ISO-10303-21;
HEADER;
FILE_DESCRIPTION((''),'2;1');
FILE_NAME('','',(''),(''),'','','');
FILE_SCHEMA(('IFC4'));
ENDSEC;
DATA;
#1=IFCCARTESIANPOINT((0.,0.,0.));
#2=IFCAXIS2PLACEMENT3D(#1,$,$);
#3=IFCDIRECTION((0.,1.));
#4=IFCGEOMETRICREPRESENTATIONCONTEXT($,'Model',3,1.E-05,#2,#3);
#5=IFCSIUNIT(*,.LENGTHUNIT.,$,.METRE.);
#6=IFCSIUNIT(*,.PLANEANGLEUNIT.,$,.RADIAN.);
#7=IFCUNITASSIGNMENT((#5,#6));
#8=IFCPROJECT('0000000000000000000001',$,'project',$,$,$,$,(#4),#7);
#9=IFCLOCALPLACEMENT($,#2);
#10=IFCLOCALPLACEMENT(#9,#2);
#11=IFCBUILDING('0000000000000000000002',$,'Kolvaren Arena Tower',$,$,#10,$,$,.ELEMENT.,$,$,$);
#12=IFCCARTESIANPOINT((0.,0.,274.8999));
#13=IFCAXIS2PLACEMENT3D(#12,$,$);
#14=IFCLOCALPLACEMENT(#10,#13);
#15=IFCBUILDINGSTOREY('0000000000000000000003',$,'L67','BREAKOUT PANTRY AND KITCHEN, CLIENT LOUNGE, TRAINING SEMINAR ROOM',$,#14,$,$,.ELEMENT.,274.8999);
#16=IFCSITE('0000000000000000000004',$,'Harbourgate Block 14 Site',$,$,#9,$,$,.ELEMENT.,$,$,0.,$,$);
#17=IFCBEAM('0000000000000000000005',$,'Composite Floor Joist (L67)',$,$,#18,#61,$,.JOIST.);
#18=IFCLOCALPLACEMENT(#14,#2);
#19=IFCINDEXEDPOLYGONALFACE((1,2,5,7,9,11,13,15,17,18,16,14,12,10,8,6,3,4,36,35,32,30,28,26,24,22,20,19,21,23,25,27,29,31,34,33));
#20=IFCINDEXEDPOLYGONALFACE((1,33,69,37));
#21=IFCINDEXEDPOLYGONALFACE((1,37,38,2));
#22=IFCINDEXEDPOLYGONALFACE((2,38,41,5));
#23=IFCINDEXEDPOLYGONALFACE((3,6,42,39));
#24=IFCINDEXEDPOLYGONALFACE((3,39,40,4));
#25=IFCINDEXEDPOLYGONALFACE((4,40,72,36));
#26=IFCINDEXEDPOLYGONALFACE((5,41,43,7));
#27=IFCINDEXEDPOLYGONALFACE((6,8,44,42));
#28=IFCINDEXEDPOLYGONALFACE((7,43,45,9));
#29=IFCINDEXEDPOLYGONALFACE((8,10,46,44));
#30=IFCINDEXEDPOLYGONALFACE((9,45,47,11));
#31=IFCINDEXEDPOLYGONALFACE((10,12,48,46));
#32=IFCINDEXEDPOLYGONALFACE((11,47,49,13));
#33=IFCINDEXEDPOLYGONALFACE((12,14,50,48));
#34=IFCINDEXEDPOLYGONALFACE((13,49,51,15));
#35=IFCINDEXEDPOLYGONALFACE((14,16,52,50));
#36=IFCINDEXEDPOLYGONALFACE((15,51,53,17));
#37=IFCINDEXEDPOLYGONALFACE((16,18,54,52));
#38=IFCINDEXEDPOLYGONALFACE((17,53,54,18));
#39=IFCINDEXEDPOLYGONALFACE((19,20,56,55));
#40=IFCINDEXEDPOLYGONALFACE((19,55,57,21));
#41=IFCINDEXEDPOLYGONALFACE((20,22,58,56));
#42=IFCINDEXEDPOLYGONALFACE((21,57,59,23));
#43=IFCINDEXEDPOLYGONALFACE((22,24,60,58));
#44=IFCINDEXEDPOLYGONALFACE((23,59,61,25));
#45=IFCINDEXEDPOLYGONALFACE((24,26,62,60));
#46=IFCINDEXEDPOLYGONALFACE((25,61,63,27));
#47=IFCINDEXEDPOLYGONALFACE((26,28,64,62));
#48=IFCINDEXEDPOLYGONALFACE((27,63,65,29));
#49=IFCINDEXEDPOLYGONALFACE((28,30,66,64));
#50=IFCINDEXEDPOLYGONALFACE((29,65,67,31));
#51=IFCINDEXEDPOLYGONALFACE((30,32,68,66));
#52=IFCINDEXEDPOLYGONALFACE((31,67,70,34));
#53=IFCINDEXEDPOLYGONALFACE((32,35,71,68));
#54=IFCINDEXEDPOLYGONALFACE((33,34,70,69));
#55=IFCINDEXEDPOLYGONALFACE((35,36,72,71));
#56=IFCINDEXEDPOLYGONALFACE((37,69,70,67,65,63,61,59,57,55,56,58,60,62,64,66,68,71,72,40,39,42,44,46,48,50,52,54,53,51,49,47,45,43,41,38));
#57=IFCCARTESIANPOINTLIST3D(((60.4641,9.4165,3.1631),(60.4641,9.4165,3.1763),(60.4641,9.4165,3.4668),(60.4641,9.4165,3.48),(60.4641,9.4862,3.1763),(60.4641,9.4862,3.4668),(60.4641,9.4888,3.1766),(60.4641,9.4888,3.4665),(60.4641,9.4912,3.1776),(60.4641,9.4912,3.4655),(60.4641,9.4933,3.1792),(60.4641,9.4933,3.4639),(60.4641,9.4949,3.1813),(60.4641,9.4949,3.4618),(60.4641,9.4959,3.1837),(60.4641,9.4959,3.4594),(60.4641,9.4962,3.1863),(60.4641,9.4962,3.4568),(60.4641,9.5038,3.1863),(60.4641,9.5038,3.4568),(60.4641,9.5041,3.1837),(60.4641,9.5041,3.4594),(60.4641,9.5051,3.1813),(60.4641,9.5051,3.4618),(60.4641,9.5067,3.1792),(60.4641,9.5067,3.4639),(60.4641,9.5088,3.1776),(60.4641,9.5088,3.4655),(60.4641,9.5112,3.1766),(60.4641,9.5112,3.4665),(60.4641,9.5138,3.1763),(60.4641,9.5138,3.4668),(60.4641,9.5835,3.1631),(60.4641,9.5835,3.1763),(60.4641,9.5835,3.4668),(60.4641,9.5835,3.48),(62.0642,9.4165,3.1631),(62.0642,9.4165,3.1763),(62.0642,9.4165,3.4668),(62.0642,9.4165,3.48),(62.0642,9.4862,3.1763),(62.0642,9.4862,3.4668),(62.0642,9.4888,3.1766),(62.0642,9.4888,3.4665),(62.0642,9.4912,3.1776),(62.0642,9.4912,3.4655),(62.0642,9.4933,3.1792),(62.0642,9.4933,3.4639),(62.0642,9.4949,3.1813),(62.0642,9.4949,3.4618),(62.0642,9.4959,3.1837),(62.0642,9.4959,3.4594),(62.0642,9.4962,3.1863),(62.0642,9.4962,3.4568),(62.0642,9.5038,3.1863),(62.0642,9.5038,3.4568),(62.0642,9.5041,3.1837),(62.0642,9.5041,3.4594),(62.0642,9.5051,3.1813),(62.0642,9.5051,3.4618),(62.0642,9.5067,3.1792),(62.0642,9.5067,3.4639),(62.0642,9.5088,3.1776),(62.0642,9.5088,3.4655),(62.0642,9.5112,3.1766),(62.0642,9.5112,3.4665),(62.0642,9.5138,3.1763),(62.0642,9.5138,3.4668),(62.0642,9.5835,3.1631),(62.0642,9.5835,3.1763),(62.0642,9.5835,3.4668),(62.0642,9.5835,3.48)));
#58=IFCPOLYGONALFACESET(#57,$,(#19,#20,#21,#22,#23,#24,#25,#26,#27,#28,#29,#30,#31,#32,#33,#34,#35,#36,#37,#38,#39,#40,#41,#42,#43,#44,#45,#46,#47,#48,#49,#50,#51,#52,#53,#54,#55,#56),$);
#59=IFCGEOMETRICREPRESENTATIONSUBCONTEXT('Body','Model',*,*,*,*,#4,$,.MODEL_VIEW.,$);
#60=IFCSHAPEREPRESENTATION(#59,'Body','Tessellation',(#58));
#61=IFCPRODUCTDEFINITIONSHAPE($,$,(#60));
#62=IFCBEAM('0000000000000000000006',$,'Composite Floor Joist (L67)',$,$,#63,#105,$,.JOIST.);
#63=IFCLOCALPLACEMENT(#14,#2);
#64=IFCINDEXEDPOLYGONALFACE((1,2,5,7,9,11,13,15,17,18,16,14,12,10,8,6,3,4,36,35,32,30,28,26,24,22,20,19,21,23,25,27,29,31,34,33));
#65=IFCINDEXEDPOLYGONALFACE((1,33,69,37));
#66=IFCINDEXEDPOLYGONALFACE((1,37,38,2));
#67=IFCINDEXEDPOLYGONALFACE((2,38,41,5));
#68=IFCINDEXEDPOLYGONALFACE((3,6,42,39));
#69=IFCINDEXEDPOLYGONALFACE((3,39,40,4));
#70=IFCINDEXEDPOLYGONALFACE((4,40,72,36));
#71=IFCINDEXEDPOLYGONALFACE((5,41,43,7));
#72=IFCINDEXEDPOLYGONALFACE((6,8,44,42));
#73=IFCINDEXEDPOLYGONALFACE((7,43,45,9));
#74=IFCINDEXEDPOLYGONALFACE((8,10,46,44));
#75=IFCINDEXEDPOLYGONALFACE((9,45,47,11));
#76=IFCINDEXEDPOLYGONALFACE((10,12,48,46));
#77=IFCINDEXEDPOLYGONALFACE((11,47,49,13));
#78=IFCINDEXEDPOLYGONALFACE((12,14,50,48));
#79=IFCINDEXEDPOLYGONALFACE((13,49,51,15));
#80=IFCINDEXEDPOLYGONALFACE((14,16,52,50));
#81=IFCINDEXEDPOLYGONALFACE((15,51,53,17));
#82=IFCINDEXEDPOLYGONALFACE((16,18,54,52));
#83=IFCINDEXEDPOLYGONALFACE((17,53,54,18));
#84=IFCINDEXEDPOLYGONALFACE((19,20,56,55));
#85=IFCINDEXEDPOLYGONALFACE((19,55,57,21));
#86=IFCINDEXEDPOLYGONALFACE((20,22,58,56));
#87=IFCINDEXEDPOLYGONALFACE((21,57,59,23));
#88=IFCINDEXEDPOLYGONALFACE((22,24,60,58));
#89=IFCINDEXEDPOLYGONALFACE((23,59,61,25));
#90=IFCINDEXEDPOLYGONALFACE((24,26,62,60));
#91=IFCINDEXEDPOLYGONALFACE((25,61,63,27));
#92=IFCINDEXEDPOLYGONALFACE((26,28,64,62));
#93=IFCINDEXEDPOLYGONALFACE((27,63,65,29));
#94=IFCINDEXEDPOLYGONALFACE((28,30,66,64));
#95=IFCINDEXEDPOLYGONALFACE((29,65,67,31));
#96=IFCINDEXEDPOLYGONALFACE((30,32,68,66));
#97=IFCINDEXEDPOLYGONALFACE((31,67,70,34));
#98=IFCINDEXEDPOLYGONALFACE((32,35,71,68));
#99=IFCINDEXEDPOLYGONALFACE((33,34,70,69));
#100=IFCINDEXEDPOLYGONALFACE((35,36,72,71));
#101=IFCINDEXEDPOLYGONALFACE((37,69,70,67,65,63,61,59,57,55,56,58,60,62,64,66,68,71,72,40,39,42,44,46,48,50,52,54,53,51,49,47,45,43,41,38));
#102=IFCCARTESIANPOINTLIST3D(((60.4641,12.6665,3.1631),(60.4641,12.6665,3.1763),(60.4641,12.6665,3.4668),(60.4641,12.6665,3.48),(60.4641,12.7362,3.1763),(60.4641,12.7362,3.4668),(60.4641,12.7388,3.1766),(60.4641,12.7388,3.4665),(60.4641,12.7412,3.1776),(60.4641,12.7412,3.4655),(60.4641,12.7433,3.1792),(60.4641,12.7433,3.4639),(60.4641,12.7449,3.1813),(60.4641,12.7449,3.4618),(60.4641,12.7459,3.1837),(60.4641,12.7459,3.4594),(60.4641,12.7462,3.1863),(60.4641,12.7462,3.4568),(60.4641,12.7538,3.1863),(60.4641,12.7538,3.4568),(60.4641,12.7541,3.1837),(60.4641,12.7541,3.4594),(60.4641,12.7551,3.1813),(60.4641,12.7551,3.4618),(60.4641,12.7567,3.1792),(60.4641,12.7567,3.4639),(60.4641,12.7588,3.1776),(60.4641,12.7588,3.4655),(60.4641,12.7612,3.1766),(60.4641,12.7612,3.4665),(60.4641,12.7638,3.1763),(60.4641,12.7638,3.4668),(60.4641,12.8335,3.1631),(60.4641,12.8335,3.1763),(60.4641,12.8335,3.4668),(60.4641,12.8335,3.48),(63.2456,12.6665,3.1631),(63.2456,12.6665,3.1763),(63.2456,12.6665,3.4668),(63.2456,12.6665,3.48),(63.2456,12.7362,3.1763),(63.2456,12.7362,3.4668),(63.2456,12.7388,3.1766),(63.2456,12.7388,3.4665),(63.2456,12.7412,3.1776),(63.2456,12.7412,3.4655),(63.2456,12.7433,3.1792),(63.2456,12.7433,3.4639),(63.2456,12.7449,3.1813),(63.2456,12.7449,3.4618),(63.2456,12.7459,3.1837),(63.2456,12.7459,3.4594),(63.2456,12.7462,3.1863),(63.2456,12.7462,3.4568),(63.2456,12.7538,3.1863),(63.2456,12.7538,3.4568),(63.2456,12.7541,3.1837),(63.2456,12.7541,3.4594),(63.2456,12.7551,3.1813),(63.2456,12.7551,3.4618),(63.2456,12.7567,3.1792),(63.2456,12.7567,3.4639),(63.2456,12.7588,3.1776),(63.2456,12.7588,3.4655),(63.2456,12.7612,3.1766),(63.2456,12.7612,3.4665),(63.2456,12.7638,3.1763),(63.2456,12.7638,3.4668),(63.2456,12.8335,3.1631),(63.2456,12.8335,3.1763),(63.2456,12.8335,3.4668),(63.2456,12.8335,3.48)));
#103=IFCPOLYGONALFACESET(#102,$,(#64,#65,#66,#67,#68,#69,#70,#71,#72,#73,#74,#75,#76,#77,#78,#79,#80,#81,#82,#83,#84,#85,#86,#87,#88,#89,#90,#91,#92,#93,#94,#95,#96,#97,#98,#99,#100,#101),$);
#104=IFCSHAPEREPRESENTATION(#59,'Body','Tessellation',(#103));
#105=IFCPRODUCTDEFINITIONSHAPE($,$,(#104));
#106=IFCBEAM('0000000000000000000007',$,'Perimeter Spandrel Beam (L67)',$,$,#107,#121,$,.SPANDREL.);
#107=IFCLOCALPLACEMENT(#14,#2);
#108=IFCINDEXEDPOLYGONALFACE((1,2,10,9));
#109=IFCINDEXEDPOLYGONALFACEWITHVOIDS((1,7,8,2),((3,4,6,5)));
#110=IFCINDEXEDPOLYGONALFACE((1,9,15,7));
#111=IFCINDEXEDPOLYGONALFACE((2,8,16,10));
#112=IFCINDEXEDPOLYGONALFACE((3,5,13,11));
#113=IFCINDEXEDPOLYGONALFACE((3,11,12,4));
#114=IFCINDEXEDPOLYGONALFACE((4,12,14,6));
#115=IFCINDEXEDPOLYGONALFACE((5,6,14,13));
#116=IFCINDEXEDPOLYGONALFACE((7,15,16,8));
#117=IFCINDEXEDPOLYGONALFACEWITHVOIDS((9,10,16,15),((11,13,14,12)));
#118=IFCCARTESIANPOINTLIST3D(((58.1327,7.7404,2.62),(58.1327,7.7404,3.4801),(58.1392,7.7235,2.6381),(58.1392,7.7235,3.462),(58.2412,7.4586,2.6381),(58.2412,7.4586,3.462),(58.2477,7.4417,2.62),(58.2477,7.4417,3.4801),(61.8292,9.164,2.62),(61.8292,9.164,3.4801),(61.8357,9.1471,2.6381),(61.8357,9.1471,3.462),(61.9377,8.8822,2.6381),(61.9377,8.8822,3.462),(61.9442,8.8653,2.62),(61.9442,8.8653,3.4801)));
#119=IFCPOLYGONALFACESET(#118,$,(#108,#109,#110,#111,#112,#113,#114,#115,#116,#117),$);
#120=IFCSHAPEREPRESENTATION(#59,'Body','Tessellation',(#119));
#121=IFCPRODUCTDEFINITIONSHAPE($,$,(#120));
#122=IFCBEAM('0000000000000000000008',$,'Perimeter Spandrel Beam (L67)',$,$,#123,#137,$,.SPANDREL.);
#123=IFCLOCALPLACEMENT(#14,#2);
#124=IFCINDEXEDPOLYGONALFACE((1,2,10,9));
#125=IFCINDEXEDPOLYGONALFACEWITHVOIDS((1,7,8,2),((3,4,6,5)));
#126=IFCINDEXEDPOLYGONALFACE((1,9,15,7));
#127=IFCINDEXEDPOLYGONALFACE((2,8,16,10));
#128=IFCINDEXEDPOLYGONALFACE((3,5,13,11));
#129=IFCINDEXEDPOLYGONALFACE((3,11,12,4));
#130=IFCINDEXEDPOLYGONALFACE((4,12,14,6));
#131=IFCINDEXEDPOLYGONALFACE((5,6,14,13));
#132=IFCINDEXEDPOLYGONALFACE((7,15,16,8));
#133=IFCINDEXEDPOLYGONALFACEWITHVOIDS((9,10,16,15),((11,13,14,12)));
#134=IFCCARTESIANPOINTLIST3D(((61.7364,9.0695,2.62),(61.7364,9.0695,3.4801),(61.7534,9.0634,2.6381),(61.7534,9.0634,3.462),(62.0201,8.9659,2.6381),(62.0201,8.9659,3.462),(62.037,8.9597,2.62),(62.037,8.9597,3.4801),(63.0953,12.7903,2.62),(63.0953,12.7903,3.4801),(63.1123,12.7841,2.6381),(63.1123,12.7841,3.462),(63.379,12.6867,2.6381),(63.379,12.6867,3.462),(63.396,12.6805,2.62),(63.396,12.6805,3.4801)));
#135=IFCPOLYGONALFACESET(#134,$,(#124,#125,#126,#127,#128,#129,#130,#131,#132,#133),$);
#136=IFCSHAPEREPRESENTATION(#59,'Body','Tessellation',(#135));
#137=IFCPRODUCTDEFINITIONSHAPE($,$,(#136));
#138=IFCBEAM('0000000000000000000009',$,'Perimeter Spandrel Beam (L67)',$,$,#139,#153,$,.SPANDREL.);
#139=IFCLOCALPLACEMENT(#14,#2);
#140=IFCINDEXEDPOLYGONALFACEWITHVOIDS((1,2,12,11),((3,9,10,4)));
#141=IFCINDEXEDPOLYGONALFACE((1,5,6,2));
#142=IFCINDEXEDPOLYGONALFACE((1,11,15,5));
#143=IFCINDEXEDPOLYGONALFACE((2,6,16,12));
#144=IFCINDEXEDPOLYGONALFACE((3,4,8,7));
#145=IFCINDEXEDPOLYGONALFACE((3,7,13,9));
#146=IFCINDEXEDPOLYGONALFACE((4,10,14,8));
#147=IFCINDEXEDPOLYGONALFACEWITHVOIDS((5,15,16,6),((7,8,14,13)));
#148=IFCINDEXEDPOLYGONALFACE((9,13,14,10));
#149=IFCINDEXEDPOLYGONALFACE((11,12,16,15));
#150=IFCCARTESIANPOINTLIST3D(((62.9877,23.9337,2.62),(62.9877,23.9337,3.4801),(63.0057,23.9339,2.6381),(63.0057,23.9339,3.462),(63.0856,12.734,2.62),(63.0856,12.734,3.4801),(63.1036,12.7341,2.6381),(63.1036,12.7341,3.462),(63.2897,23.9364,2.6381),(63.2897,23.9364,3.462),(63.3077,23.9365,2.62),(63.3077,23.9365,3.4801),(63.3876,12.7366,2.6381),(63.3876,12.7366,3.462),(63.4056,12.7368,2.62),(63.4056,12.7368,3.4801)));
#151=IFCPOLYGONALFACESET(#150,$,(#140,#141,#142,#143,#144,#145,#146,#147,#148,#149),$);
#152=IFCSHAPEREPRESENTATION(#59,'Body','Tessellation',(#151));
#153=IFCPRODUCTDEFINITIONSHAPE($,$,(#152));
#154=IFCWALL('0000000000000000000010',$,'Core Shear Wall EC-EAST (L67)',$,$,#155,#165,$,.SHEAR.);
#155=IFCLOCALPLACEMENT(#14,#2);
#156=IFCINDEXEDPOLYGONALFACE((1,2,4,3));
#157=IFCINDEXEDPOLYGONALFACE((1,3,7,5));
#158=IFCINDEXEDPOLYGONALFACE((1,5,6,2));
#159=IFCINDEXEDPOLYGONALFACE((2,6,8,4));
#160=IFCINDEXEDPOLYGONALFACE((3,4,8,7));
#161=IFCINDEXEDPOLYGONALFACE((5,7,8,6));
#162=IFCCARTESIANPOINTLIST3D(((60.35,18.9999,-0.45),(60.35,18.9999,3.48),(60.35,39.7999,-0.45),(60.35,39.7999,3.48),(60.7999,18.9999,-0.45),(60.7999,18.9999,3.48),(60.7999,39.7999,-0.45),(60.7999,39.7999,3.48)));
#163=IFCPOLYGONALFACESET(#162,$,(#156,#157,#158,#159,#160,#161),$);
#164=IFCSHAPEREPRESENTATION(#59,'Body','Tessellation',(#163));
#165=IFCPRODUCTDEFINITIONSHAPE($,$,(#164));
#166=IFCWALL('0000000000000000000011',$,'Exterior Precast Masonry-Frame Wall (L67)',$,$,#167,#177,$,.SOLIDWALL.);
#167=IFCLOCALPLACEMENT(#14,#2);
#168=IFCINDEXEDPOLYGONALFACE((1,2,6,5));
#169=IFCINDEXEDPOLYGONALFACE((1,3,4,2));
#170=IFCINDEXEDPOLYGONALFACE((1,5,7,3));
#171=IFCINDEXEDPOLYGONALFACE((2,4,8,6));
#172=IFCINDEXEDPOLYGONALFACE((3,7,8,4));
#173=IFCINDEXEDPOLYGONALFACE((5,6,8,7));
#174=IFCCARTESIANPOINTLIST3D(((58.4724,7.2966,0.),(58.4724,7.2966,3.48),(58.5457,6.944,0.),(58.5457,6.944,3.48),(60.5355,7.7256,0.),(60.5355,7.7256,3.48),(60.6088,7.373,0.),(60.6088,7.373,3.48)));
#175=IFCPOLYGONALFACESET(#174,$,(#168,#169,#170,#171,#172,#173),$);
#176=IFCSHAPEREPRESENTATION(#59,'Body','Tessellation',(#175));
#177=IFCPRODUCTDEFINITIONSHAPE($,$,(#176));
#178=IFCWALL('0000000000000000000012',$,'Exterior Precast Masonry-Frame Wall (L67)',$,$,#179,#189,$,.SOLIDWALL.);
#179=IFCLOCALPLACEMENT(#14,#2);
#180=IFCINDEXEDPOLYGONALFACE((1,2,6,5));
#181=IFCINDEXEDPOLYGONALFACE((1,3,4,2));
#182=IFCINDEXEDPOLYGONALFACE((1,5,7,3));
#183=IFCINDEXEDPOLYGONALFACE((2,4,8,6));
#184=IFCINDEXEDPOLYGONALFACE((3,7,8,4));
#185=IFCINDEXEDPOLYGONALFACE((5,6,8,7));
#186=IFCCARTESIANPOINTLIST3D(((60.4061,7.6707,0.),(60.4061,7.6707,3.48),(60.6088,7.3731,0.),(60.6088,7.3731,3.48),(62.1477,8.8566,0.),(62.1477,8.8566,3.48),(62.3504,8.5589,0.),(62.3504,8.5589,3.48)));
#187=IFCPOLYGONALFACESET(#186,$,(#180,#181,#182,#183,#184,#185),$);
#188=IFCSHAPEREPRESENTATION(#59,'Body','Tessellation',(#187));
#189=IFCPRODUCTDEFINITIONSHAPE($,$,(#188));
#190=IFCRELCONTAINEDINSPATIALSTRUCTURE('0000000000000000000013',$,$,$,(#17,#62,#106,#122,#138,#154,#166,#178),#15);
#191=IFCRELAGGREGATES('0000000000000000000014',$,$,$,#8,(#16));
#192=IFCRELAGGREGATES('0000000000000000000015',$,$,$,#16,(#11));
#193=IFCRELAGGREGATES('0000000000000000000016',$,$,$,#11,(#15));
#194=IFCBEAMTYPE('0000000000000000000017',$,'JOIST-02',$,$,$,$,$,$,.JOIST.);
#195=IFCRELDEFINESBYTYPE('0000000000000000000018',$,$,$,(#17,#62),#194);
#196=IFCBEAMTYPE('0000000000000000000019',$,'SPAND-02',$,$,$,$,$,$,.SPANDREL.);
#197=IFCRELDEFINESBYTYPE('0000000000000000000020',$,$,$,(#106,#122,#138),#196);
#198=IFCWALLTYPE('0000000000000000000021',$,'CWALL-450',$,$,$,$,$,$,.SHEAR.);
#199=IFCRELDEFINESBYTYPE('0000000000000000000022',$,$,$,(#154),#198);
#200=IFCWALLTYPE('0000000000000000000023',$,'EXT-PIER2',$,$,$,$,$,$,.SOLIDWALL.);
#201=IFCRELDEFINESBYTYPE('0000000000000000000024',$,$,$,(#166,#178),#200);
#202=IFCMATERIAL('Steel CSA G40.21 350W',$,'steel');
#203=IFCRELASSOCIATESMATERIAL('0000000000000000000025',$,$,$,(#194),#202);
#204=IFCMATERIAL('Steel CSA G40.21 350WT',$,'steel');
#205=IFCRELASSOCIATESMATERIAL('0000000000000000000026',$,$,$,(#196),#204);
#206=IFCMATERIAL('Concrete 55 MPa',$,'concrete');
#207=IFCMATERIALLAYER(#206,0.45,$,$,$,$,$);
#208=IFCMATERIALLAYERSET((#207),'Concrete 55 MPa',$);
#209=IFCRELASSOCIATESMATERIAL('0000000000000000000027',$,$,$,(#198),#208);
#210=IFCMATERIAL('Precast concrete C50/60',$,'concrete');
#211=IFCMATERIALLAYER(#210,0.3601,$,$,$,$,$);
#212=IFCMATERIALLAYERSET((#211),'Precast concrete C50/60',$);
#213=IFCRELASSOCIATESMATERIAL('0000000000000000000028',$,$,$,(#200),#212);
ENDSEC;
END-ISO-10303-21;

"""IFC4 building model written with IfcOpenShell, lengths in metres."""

from ifc_helpers import new_model, si_unit, direction, frame, frame_2d, origin, origin_2d, place, context, subcontext, project, spatial, rectangle, hollow_rectangle, i_section, extrude, material, layer, layer_set, material_profile, profile_set, type_object, element, save


model = new_model("IFC4")

# Units and contexts
model_context = context("Model", 3, precision=1e-05, world=origin(), true_north=direction((0.0, 1.0)))
body_context = subcontext(model_context, "Body", "Model", "MODEL_VIEW")
ifc_project = project(units=[si_unit("LENGTHUNIT", "METRE"), si_unit("PLANEANGLEUNIT", "RADIAN")], contexts=[model_context])

# Site, building, storey
site_placement = place(None, origin())
site = spatial("IfcSite", under=ifc_project, at=site_placement, Name="Harbourgate Block 14 Site", CompositionType="ELEMENT", RefElevation=0.0)
building_placement = place(site_placement, origin())
building = spatial("IfcBuilding", under=site, at=building_placement, Name="Kolvaren Arena Tower", CompositionType="ELEMENT")
storey_placement = place(building_placement, frame((0.0, 0.0, 274.8999)))
storey = spatial("IfcBuildingStorey", under=building, at=storey_placement, Name="L67", Description="BREAKOUT PANTRY AND KITCHEN, CLIENT LOUNGE, TRAINING SEMINAR ROOM", CompositionType="ELEMENT", Elevation=274.8999)

# Shared definitions
ifc_material_1 = material(Name="Precast concrete C50/60", Category="concrete")

# Beams
ifc_material_2 = material(Name="Steel CSA G40.21 350W", Category="steel")
ifc_material_profile_1 = material_profile(ifc_material_2, i_section(OverallWidth=0.167, OverallDepth=0.3169, WebThickness=0.0076, FlangeThickness=0.0132, FilletRadius=0.01, at=origin_2d()), Name="W310x52")
ifc_profile_set_1 = profile_set([ifc_material_profile_1], Name="Steel CSA G40.21 350W")
beam_type_1 = type_object("IfcBeamType", Name="JOIST-02", PredefinedType="JOIST", material=ifc_profile_set_1)
beam_1_placement = place(storey_placement, frame((60.4641, 9.5, 3.3215), z_axis=(1.0, 0.0, 0.0), x_axis=(0.0, 1.0, 0.0)))
element("IfcBeam", 1, at=beam_1_placement, inside=storey, type_object=beam_type_1, Name="Composite Floor Joist (L67)", PredefinedType="JOIST", context=body_context, shape_type="SweptSolid", body=[
    extrude(i_section(OverallWidth=0.167, OverallDepth=0.3169, WebThickness=0.0076, FlangeThickness=0.0132, FilletRadius=0.01, at=origin_2d()), origin(), (0.0, 0.0, 1.0), 1.6001),
])
beam_2_placement = place(storey_placement, frame((60.4641, 12.75, 3.3215), z_axis=(1.0, 0.0, 0.0), x_axis=(0.0, 1.0, 0.0)))
element("IfcBeam", 2, at=beam_2_placement, inside=storey, type_object=beam_type_1, Name="Composite Floor Joist (L67)", PredefinedType="JOIST", context=body_context, shape_type="SweptSolid", body=[
    extrude(i_section(OverallWidth=0.167, OverallDepth=0.3169, WebThickness=0.0076, FlangeThickness=0.0132, FilletRadius=0.01, at=origin_2d()), origin(), (0.0, 0.0, 1.0), 2.7815),
])
ifc_material_3 = material(Name="Steel CSA G40.21 350WT", Category="steel")
ifc_material_profile_2 = material_profile(ifc_material_3, hollow_rectangle(XDim=0.3201, YDim=0.8601, WallThickness=0.0181, at=origin_2d()), Name="HSS 860x320x18")
ifc_profile_set_2 = profile_set([ifc_material_profile_2], Name="Steel CSA G40.21 350WT")
beam_type_2 = type_object("IfcBeamType", Name="SPAND-02", PredefinedType="SPANDREL", material=ifc_profile_set_2)
for number, where, z_axis, x_axis, name in (
    (3, (58.1902, 7.5911, 3.05), (0.93319, 0.359384, 0.0), (-0.359384, 0.93319, 0.0), "Perimeter Spandrel Beam (L67)"),
    (4, (61.8867, 9.0146, 3.05), (0.343059, 0.939314, 0.0), (-0.939314, 0.343059, 0.0), "Perimeter Spandrel Beam (L67)"),
):
    element("IfcBeam", number, at=place(storey_placement, frame(where, z_axis=z_axis, x_axis=x_axis)), inside=storey, type_object=beam_type_2, Name=name, PredefinedType="SPANDREL", context=body_context, shape_type="SweptSolid", body=[
        extrude(hollow_rectangle(XDim=0.3201, YDim=0.8601, WallThickness=0.0181, at=origin_2d()), origin(), (0.0, 0.0, 1.0), 3.9612),
    ])
beam_3_placement = place(storey_placement, frame((63.2456, 12.7354, 3.05), z_axis=(-0.008741, 0.999962, 0.0), x_axis=(-0.999962, -0.008741, 0.0)))
element("IfcBeam", 5, at=beam_3_placement, inside=storey, type_object=beam_type_2, Name="Perimeter Spandrel Beam (L67)", PredefinedType="SPANDREL", context=body_context, shape_type="SweptSolid", body=[
    extrude(hollow_rectangle(XDim=0.3201, YDim=0.8601, WallThickness=0.0181, at=origin_2d()), origin(), (0.0, 0.0, 1.0), 11.2002),
])

# Walls
ifc_material_4 = material(Name="Concrete 55 MPa", Category="concrete")
ifc_layer_1 = layer(ifc_material_4, 0.45)
ifc_layer_set_1 = layer_set([ifc_layer_1], Name="Concrete 55 MPa")
wall_type_1 = type_object("IfcWallType", Name="CWALL-450", PredefinedType="SHEAR", material=ifc_layer_set_1)
wall_1_placement = place(storey_placement, frame((60.575, 19.0, -0.45), z_axis=(0.0, 0.0, 1.0), x_axis=(0.0, 1.0, 0.0)))
element("IfcWall", 6, at=wall_1_placement, inside=storey, type_object=wall_type_1, Name="Core Shear Wall EC-EAST (L67)", PredefinedType="SHEAR", context=body_context, shape_type="SweptSolid", body=[
    extrude(rectangle(XDim=20.8, YDim=0.45, at=frame_2d((10.3999, 0.0))), origin(), (0.0, 0.0, 1.0), 3.9299),
])
ifc_layer_2 = layer(ifc_material_1, 0.3601)
ifc_layer_set_2 = layer_set([ifc_layer_2], Name="Precast concrete C50/60")
wall_type_2 = type_object("IfcWallType", Name="EXT-PIER2", PredefinedType="SOLIDWALL", material=ifc_layer_set_2)
wall_2_placement = place(storey_placement, frame((60.5723, 7.5493, 0.0), z_axis=(0.0, 0.0, 1.0), x_axis=(-0.979059, -0.203575, 0.0)))
element("IfcWall", 7, at=wall_2_placement, inside=storey, type_object=wall_type_2, Name="Exterior Precast Masonry-Frame Wall (L67)", PredefinedType="SOLIDWALL", context=body_context, shape_type="SweptSolid", body=[
    extrude(rectangle(XDim=2.1072, YDim=0.3601, at=frame_2d((1.0537, 0.0))), origin(), (0.0, 0.0, 1.0), 3.48),
])
for number, where, z_axis, x_axis, name in (
    (8, (62.249, 8.7078, 0.0), (0.0, 0.0, 1.0), (-0.826573, -0.56283, 0.0), "Exterior Precast Masonry-Frame Wall (L67)"),
):
    element("IfcWall", number, at=place(storey_placement, frame(where, z_axis=z_axis, x_axis=x_axis)), inside=storey, type_object=wall_type_2, Name=name, PredefinedType="SOLIDWALL", context=body_context, shape_type="SweptSolid", body=[
        extrude(rectangle(XDim=2.1069, YDim=0.3601, at=frame_2d((1.0535, 0.0))), origin(), (0.0, 0.0, 1.0), 3.48),
    ])

save(model, "model.ifc")
